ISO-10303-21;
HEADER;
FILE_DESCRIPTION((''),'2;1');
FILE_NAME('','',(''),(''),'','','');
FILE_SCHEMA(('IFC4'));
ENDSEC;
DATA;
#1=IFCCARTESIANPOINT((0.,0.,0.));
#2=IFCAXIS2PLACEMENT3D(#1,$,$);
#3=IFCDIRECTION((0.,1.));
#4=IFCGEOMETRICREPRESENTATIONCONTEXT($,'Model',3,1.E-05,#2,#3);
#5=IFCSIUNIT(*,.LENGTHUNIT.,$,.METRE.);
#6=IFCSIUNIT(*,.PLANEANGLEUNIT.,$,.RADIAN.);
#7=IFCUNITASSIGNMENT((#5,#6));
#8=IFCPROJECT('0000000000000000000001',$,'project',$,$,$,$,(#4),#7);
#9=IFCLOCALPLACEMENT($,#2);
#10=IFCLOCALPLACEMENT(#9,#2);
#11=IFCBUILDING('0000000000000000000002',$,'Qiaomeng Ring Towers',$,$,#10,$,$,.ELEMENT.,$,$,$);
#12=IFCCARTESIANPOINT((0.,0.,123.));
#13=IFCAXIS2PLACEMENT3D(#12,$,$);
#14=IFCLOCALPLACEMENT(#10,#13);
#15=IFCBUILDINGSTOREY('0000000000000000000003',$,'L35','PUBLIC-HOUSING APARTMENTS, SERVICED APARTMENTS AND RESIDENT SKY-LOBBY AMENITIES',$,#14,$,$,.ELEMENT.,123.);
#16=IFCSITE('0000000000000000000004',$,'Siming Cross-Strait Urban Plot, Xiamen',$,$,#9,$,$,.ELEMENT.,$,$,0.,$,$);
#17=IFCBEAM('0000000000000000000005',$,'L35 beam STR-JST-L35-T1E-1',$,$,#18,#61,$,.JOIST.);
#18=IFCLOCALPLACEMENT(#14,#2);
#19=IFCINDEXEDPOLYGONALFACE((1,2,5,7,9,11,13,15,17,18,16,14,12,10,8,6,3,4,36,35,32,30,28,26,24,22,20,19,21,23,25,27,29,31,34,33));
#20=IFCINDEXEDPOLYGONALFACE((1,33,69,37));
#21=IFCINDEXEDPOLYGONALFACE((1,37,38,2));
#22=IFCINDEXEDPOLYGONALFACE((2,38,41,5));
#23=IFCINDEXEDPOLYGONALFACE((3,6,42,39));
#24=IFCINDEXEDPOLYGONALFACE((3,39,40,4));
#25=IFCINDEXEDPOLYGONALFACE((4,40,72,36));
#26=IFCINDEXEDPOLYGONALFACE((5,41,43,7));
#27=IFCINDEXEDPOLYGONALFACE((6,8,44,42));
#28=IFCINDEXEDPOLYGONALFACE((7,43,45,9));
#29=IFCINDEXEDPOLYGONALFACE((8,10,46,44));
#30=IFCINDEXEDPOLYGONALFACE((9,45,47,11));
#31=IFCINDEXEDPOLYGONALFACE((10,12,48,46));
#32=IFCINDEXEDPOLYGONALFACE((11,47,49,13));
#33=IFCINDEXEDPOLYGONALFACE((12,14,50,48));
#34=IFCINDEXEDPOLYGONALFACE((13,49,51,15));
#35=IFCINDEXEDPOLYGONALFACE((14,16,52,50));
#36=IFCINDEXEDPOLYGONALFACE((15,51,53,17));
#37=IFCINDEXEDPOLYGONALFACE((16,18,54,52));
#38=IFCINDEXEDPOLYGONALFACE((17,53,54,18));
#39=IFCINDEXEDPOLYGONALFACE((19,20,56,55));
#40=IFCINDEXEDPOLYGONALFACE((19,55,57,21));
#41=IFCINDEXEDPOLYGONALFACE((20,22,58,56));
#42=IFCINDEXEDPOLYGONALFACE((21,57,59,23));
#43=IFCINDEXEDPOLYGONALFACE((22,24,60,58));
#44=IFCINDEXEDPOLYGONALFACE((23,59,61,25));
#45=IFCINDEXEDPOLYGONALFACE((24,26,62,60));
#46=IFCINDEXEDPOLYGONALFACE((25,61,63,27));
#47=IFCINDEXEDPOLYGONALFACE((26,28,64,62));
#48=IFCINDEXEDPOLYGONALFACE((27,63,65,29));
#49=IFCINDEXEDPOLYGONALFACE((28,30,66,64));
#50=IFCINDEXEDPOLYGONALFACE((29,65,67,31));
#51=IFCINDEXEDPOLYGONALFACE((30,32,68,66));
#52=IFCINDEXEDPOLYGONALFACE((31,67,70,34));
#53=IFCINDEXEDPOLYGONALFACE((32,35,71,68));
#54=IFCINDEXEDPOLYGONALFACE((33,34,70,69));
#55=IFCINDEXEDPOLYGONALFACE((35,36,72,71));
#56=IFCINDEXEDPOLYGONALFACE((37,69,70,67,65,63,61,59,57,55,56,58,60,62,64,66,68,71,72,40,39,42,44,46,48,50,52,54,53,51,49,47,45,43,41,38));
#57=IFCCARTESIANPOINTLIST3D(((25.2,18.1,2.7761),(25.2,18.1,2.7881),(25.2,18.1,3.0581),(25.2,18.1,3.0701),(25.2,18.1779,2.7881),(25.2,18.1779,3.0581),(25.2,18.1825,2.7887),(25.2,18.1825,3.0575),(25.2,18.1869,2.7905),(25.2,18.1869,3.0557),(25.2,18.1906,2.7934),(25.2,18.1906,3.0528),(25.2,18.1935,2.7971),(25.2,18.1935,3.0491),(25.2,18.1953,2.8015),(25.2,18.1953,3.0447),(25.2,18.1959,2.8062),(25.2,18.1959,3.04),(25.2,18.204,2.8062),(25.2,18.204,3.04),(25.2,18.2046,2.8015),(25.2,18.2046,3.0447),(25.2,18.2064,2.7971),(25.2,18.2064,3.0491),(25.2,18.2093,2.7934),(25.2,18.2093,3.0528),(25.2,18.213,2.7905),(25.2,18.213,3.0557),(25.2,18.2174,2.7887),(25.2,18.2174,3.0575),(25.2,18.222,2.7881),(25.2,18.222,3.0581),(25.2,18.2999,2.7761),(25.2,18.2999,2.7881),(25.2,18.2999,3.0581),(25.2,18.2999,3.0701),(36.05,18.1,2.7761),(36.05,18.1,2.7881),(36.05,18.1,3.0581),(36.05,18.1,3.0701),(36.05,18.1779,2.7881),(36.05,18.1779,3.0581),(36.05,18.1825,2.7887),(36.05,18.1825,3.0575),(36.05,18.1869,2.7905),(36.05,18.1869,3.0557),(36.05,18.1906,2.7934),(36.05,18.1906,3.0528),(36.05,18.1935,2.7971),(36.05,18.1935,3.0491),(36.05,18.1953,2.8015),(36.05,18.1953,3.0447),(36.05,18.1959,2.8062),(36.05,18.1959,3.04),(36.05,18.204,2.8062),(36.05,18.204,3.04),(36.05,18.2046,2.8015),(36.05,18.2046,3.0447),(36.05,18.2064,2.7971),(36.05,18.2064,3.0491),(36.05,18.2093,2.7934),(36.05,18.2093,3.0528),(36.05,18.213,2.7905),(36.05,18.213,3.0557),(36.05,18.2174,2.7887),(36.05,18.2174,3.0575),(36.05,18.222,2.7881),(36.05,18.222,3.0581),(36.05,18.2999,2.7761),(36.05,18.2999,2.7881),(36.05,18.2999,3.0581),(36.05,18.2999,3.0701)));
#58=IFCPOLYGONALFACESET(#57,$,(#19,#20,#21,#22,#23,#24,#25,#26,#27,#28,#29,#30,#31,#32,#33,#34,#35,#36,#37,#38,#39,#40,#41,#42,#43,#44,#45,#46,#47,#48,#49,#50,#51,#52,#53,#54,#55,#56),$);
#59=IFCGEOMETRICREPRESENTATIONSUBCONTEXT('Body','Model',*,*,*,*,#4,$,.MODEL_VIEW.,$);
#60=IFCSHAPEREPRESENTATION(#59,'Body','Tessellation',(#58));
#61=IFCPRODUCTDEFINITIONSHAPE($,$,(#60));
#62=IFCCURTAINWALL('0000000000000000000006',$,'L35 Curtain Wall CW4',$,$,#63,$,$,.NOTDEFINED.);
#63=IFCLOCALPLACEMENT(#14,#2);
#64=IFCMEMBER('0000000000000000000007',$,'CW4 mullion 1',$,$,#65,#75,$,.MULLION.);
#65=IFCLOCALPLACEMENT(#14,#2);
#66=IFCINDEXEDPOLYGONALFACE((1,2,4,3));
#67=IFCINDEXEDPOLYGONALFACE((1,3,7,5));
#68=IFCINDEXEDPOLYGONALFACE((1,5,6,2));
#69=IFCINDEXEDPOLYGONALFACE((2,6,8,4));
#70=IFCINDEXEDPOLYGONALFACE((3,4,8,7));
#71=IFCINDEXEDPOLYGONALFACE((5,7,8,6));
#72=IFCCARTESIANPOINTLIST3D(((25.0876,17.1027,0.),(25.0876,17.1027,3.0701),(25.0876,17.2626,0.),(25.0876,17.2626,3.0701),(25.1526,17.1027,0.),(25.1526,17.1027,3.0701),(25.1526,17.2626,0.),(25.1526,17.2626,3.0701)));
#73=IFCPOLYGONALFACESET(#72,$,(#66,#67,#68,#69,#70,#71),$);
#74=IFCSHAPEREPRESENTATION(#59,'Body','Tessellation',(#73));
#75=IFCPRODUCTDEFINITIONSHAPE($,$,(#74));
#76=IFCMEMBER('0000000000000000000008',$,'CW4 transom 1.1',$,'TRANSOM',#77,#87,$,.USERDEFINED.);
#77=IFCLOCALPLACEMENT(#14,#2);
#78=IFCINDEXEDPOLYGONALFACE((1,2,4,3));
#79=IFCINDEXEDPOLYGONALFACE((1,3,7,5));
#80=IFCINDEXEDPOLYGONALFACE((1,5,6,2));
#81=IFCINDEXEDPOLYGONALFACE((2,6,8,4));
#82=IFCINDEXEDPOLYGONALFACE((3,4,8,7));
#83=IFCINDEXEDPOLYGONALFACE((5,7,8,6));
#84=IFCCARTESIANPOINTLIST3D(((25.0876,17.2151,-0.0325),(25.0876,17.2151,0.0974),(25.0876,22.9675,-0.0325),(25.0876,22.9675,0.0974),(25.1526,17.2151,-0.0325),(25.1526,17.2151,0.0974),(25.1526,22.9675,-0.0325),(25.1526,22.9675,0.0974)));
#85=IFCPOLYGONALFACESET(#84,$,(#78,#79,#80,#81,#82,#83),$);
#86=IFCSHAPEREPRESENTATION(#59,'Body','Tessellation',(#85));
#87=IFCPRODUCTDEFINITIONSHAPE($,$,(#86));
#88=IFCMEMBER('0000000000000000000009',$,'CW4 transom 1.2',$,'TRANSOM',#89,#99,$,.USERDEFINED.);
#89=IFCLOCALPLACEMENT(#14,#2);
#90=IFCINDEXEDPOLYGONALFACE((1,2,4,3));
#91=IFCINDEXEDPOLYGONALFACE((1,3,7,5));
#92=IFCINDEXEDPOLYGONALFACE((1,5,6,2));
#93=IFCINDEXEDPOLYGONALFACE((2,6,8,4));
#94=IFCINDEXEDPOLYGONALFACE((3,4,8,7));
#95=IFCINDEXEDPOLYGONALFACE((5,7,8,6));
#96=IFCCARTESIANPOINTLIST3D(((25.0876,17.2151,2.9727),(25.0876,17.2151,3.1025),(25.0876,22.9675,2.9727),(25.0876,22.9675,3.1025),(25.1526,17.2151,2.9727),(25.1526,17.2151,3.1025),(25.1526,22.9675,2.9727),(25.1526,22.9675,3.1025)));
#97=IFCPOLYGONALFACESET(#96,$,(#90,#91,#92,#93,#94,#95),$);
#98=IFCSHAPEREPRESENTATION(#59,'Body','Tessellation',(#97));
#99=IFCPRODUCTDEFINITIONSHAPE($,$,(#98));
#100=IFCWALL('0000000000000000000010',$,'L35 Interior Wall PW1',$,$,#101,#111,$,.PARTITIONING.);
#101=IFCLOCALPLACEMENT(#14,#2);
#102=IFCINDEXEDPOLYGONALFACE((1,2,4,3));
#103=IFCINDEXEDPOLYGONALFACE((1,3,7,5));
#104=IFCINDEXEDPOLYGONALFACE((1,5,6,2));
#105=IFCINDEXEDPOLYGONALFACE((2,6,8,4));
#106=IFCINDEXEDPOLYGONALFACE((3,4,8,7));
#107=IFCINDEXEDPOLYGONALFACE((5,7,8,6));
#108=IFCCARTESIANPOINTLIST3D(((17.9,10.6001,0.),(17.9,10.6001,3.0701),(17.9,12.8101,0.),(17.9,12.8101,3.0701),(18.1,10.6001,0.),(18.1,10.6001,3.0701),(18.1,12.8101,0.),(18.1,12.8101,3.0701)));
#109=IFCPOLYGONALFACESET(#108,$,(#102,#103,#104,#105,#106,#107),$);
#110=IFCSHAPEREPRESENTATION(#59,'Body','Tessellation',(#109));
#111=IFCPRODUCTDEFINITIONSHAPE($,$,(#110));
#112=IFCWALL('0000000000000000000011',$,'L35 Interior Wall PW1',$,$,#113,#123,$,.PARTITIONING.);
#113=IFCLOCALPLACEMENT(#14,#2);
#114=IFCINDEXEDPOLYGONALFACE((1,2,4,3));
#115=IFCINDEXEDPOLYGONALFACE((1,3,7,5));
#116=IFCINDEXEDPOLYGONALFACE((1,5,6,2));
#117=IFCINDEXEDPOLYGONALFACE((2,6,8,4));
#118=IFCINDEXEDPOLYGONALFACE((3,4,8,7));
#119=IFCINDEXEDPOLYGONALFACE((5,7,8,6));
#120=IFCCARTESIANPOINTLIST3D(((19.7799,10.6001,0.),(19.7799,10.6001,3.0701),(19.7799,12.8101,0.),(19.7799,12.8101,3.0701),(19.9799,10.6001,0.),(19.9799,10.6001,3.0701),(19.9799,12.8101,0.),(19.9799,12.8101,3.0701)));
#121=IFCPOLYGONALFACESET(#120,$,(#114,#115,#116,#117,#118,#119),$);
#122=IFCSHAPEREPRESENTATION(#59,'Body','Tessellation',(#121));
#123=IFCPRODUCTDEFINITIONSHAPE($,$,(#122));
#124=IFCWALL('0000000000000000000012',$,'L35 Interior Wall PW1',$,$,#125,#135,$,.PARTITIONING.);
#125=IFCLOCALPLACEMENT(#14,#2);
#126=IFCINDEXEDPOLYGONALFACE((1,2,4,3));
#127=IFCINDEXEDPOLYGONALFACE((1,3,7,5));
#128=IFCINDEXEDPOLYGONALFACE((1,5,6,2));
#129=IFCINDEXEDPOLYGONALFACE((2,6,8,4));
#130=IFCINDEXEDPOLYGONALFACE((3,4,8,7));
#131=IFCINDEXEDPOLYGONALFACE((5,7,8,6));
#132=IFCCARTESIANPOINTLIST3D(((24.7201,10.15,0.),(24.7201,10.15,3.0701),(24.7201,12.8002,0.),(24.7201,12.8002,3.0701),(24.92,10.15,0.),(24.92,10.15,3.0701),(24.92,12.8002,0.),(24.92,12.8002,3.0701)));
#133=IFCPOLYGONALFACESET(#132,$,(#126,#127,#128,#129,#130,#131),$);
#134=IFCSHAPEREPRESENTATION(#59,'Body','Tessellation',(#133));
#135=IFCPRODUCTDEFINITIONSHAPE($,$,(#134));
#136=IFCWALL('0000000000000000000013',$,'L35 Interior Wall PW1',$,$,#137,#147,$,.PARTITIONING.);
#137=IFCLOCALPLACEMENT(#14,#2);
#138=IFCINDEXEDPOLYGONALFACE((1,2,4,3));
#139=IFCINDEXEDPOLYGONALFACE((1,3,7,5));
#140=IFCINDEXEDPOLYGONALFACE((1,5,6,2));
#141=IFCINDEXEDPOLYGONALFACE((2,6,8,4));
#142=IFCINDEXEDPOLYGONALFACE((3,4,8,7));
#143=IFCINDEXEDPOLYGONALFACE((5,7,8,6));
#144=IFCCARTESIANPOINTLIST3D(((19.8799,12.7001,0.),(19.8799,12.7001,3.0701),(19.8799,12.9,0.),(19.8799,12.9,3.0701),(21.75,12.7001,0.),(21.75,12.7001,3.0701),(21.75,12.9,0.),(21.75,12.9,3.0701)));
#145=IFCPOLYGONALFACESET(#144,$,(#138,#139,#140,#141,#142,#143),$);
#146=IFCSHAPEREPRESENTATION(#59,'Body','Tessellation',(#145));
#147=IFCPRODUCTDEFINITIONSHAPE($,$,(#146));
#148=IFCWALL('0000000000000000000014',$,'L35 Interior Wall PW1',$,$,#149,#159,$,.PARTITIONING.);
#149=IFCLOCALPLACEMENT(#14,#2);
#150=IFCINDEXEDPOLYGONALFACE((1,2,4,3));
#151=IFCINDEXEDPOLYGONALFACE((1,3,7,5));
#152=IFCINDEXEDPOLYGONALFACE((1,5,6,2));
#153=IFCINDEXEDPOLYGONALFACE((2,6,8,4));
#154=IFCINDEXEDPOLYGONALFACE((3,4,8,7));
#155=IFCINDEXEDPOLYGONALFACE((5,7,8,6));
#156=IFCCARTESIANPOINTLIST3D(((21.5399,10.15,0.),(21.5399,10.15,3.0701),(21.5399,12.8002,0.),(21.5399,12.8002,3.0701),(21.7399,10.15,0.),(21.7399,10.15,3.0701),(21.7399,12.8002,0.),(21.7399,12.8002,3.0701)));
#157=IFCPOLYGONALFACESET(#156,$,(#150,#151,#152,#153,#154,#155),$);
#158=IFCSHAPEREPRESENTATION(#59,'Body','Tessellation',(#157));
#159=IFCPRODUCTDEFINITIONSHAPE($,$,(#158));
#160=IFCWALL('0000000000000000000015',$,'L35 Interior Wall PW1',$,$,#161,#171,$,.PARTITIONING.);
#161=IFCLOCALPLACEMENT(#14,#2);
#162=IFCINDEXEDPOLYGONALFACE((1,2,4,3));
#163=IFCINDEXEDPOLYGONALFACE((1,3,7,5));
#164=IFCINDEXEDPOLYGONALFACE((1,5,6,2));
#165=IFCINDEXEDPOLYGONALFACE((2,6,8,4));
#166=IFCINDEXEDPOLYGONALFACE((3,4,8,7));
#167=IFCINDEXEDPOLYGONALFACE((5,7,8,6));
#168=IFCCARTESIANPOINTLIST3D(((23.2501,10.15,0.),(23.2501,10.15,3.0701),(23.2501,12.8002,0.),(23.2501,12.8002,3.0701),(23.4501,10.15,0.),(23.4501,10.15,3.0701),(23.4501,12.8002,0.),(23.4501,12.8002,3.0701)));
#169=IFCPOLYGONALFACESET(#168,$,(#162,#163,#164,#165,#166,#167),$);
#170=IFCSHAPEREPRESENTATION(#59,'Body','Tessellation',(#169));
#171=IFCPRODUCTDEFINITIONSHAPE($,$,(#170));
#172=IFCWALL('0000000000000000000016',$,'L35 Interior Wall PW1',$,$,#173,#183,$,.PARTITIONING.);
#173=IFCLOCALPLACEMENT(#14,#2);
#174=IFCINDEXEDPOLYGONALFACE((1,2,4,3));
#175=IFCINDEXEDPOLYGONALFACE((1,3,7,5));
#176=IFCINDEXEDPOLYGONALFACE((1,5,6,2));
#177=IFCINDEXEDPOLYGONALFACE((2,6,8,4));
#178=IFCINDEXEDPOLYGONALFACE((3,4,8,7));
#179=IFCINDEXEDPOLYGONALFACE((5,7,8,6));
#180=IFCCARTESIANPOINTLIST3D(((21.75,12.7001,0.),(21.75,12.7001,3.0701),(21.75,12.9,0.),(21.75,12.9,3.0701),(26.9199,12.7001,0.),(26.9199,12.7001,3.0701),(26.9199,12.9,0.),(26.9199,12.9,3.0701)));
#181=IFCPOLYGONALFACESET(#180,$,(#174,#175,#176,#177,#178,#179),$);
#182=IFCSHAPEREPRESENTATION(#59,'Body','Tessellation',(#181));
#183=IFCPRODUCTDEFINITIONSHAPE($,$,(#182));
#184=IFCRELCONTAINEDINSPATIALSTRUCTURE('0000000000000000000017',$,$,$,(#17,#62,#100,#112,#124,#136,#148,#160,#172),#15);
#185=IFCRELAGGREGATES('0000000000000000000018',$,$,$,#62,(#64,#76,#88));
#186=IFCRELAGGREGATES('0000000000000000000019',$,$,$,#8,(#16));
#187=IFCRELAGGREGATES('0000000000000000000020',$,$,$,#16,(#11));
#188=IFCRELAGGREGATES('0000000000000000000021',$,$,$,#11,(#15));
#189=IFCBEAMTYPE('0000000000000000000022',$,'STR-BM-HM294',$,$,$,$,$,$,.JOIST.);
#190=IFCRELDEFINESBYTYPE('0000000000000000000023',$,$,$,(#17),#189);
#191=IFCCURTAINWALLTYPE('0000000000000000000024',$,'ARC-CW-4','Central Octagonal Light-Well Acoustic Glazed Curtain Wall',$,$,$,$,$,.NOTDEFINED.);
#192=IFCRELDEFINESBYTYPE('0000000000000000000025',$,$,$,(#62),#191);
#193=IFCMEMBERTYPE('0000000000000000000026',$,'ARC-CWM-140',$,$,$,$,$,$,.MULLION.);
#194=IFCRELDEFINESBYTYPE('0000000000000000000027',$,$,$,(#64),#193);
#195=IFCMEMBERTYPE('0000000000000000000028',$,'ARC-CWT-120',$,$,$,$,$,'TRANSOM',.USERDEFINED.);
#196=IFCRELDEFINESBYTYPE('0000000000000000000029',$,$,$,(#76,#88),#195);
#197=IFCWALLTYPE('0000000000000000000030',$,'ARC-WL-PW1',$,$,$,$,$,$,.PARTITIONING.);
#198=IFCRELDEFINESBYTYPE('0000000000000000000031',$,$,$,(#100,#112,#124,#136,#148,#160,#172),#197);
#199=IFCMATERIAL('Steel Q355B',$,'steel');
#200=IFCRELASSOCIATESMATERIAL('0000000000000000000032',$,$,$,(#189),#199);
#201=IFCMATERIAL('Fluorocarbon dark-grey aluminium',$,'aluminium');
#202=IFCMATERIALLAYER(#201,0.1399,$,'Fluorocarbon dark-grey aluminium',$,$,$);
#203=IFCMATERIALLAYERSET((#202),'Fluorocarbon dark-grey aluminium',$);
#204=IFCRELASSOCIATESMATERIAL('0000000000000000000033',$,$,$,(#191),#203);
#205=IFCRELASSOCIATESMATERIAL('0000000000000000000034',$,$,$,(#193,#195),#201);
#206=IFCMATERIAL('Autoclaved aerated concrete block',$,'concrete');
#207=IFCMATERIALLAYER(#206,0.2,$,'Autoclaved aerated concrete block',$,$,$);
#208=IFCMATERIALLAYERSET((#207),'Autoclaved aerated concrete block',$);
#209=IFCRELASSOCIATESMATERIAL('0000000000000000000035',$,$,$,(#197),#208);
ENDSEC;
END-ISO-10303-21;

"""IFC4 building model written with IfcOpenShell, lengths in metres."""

from ifc_helpers import new_model, si_unit, direction, frame, frame_2d, origin, origin_2d, place, context, subcontext, project, spatial, rectangle, i_section, extrude, source, transform, mapped, material, layer, layer_set, material_profile, profile_set, type_object, element, aggregate, save


model = new_model("IFC4")

# Units and contexts
model_context = context("Model", 3, precision=1e-05, world=origin(), true_north=direction((0.0, 1.0)))
body_context = subcontext(model_context, "Body", "Model", "MODEL_VIEW")
ifc_project = project(units=[si_unit("LENGTHUNIT", "METRE"), si_unit("PLANEANGLEUNIT", "RADIAN")], contexts=[model_context])

# Site, building, storey
site_placement = place(None, origin())
site = spatial("IfcSite", under=ifc_project, at=site_placement, Name="Siming Cross-Strait Urban Plot, Xiamen", CompositionType="ELEMENT", RefElevation=0.0)
building_placement = place(site_placement, origin())
building = spatial("IfcBuilding", under=site, at=building_placement, Name="Qiaomeng Ring Towers", CompositionType="ELEMENT")
storey_placement = place(building_placement, frame((0.0, 0.0, 123.0)))
storey = spatial("IfcBuildingStorey", under=building, at=storey_placement, Name="L35", Description="PUBLIC-HOUSING APARTMENTS, SERVICED APARTMENTS AND RESIDENT SKY-LOBBY AMENITIES", CompositionType="ELEMENT", Elevation=123.0)

# Beam
ifc_material_1 = material(Name="Steel Q355B", Category="steel")
ifc_material_profile_1 = material_profile(ifc_material_1, i_section(OverallWidth=0.2, OverallDepth=0.2939, WebThickness=0.0081, FlangeThickness=0.012, FilletRadius=0.0181, at=origin_2d()), Name="HM 294x200x8x12")
ifc_profile_set_1 = profile_set([ifc_material_profile_1], Name="Steel Q355B")
beam_type_1 = type_object("IfcBeamType", Name="STR-BM-HM294", PredefinedType="JOIST", material=ifc_profile_set_1)
shared_shape_1 = source(origin(), body_context, "Body", "SweptSolid", [
    extrude(i_section(OverallWidth=0.2, OverallDepth=0.2939, WebThickness=0.0081, FlangeThickness=0.012, FilletRadius=0.0181, at=origin_2d()), origin(), (0.0, 0.0, 1.0), 10.8501),
])
beam_1_placement = place(storey_placement, frame((25.2, 18.2, 2.9231), z_axis=(1.0, 0.0, 0.0), x_axis=(0.0, 1.0, 0.0)))
element("IfcBeam", 1, at=beam_1_placement, inside=storey, type_object=beam_type_1, Name="L35 beam STR-JST-L35-T1E-1", PredefinedType="JOIST", context=body_context, shape_type="MappedRepresentation", body=[
    mapped(shared_shape_1, transform((0.0, 0.0, 0.0), x_axis=(1.0, 0.0, 0.0), y_axis=(0.0, 1.0, 0.0), z_axis=(0.0, 0.0, 1.0), scale=1.0)),
])

# Curtain wall, members
ifc_material_2 = material(Name="Fluorocarbon dark-grey aluminium", Category="aluminium")
ifc_layer_1 = layer(ifc_material_2, 0.1399, Name="Fluorocarbon dark-grey aluminium")
ifc_layer_set_1 = layer_set([ifc_layer_1], Name="Fluorocarbon dark-grey aluminium")
curtain_wall_type = type_object("IfcCurtainWallType", Name="ARC-CW-4", Description="Central Octagonal Light-Well Acoustic Glazed Curtain Wall", PredefinedType="NOTDEFINED", material=ifc_layer_set_1)
curtain_wall_placement = place(storey_placement, origin())
curtain_wall = element("IfcCurtainWall", 2, at=curtain_wall_placement, inside=storey, type_object=curtain_wall_type, Name="L35 Curtain Wall CW4", PredefinedType="NOTDEFINED")
ifc_material_profile_2 = material_profile(ifc_material_2, rectangle(XDim=0.0649, YDim=0.1599, at=origin_2d()), Name="ALU MULL 65x160")
ifc_profile_set_2 = profile_set([ifc_material_profile_2], Name="Fluorocarbon dark-grey aluminium")
member_type_1 = type_object("IfcMemberType", Name="ARC-CWM-140", PredefinedType="MULLION", material=ifc_profile_set_2)
shared_shape_2 = source(origin(), body_context, "Body", "SweptSolid", [
    extrude(rectangle(XDim=0.0649, YDim=0.1599, at=origin_2d()), origin(), (0.0, 0.0, 1.0), 3.0701),
])
member_1_placement = place(storey_placement, frame((25.1201, 17.1826, 0.0), z_axis=(0.0, 0.0, 1.0), x_axis=(-1.0, 0.0, 0.0)))
member_1 = element("IfcMember", 3, at=member_1_placement, type_object=member_type_1, Name="CW4 mullion 1", PredefinedType="MULLION", context=body_context, shape_type="MappedRepresentation", body=[
    mapped(shared_shape_2, transform((0.0, 0.0, 0.0), x_axis=(1.0, 0.0, 0.0), y_axis=(0.0, 1.0, 0.0), z_axis=(0.0, 0.0, 1.0), scale=1.0)),
])
ifc_material_profile_3 = material_profile(ifc_material_2, rectangle(XDim=0.0649, YDim=0.1299, at=origin_2d()), Name="ALU TRAN 65x130")
ifc_profile_set_3 = profile_set([ifc_material_profile_3], Name="Fluorocarbon dark-grey aluminium")
member_type_2 = type_object("IfcMemberType", Name="ARC-CWT-120", ElementType="TRANSOM", PredefinedType="USERDEFINED", material=ifc_profile_set_3)
shared_shape_3 = source(origin(), body_context, "Body", "SweptSolid", [
    extrude(rectangle(XDim=0.0649, YDim=0.1299, at=origin_2d()), origin(), (0.0, 0.0, 1.0), 5.7524),
])
member_2_placement = place(storey_placement, frame((25.1201, 17.2151, 0.0325), z_axis=(0.0, 1.0, 0.0), x_axis=(-1.0, 0.0, 0.0)))
member_2 = element("IfcMember", 4, at=member_2_placement, type_object=member_type_2, Name="CW4 transom 1.1", ObjectType="TRANSOM", PredefinedType="USERDEFINED", context=body_context, shape_type="MappedRepresentation", body=[
    mapped(shared_shape_3, transform((0.0, 0.0, 0.0), x_axis=(1.0, 0.0, 0.0), y_axis=(0.0, 1.0, 0.0), z_axis=(0.0, 0.0, 1.0), scale=1.0)),
])
member_3_placement = place(storey_placement, frame((25.1201, 17.2151, 3.0376), z_axis=(0.0, 1.0, 0.0), x_axis=(-1.0, 0.0, 0.0)))
member_3 = element("IfcMember", 5, at=member_3_placement, type_object=member_type_2, Name="CW4 transom 1.2", ObjectType="TRANSOM", PredefinedType="USERDEFINED", context=body_context, shape_type="MappedRepresentation", body=[
    mapped(shared_shape_3, transform((0.0, 0.0, 0.0), x_axis=(1.0, 0.0, 0.0), y_axis=(0.0, 1.0, 0.0), z_axis=(0.0, 0.0, 1.0), scale=1.0)),
])
aggregate(curtain_wall, [member_1, member_2, member_3])

# Walls
ifc_material_3 = material(Name="Autoclaved aerated concrete block", Category="concrete")
ifc_layer_2 = layer(ifc_material_3, 0.2, Name="Autoclaved aerated concrete block")
ifc_layer_set_2 = layer_set([ifc_layer_2], Name="Autoclaved aerated concrete block")
wall_type_1 = type_object("IfcWallType", Name="ARC-WL-PW1", PredefinedType="PARTITIONING", material=ifc_layer_set_2)
for number, where, z_axis, x_axis, name in (
    (6, (18.0, 10.6001, 0.0), (0.0, 0.0, 1.0), (0.0, 1.0, 0.0), "L35 Interior Wall PW1"),
    (7, (19.8799, 10.6001, 0.0), (0.0, 0.0, 1.0), (0.0, 1.0, 0.0), "L35 Interior Wall PW1"),
):
    element("IfcWall", number, at=place(storey_placement, frame(where, z_axis=z_axis, x_axis=x_axis)), inside=storey, type_object=wall_type_1, Name=name, PredefinedType="PARTITIONING", context=body_context, shape_type="SweptSolid", body=[
        extrude(rectangle(XDim=2.21, YDim=0.2, at=frame_2d((1.105, 0.0))), origin(), (0.0, 0.0, 1.0), 3.0701),
    ])
wall_1_placement = place(storey_placement, frame((24.8201, 10.1499, 0.0), z_axis=(0.0, 0.0, 1.0), x_axis=(0.0, 1.0, 0.0)))
element("IfcWall", 8, at=wall_1_placement, inside=storey, type_object=wall_type_1, Name="L35 Interior Wall PW1", PredefinedType="PARTITIONING", context=body_context, shape_type="SweptSolid", body=[
    extrude(rectangle(XDim=2.6501, YDim=0.2, at=frame_2d((1.3252, 0.0))), origin(), (0.0, 0.0, 1.0), 3.0701),
])
wall_2_placement = place(storey_placement, frame((19.8799, 12.8, 0.0), z_axis=(0.0, 0.0, 1.0), x_axis=(1.0, 0.0, 0.0)))
element("IfcWall", 9, at=wall_2_placement, inside=storey, type_object=wall_type_1, Name="L35 Interior Wall PW1", PredefinedType="PARTITIONING", context=body_context, shape_type="SweptSolid", body=[
    extrude(rectangle(XDim=1.8701, YDim=0.2, at=frame_2d((0.9351, 0.0))), origin(), (0.0, 0.0, 1.0), 3.0701),
])
for number, where, z_axis, x_axis, name in (
    (10, (21.6399, 10.1499, 0.0), (0.0, 0.0, 1.0), (0.0, 1.0, 0.0), "L35 Interior Wall PW1"),
    (11, (23.3501, 10.1499, 0.0), (0.0, 0.0, 1.0), (0.0, 1.0, 0.0), "L35 Interior Wall PW1"),
):
    element("IfcWall", number, at=place(storey_placement, frame(where, z_axis=z_axis, x_axis=x_axis)), inside=storey, type_object=wall_type_1, Name=name, PredefinedType="PARTITIONING", context=body_context, shape_type="SweptSolid", body=[
        extrude(rectangle(XDim=2.6501, YDim=0.2, at=frame_2d((1.3252, 0.0))), origin(), (0.0, 0.0, 1.0), 3.0701),
    ])
wall_3_placement = place(storey_placement, frame((21.75, 12.8, 0.0), z_axis=(0.0, 0.0, 1.0), x_axis=(1.0, 0.0, 0.0)))
element("IfcWall", 12, at=wall_3_placement, inside=storey, type_object=wall_type_1, Name="L35 Interior Wall PW1", PredefinedType="PARTITIONING", context=body_context, shape_type="SweptSolid", body=[
    extrude(rectangle(XDim=5.1699, YDim=0.2, at=frame_2d((2.585, 0.0))), origin(), (0.0, 0.0, 1.0), 3.0701),
])

save(model, "model.ifc")
